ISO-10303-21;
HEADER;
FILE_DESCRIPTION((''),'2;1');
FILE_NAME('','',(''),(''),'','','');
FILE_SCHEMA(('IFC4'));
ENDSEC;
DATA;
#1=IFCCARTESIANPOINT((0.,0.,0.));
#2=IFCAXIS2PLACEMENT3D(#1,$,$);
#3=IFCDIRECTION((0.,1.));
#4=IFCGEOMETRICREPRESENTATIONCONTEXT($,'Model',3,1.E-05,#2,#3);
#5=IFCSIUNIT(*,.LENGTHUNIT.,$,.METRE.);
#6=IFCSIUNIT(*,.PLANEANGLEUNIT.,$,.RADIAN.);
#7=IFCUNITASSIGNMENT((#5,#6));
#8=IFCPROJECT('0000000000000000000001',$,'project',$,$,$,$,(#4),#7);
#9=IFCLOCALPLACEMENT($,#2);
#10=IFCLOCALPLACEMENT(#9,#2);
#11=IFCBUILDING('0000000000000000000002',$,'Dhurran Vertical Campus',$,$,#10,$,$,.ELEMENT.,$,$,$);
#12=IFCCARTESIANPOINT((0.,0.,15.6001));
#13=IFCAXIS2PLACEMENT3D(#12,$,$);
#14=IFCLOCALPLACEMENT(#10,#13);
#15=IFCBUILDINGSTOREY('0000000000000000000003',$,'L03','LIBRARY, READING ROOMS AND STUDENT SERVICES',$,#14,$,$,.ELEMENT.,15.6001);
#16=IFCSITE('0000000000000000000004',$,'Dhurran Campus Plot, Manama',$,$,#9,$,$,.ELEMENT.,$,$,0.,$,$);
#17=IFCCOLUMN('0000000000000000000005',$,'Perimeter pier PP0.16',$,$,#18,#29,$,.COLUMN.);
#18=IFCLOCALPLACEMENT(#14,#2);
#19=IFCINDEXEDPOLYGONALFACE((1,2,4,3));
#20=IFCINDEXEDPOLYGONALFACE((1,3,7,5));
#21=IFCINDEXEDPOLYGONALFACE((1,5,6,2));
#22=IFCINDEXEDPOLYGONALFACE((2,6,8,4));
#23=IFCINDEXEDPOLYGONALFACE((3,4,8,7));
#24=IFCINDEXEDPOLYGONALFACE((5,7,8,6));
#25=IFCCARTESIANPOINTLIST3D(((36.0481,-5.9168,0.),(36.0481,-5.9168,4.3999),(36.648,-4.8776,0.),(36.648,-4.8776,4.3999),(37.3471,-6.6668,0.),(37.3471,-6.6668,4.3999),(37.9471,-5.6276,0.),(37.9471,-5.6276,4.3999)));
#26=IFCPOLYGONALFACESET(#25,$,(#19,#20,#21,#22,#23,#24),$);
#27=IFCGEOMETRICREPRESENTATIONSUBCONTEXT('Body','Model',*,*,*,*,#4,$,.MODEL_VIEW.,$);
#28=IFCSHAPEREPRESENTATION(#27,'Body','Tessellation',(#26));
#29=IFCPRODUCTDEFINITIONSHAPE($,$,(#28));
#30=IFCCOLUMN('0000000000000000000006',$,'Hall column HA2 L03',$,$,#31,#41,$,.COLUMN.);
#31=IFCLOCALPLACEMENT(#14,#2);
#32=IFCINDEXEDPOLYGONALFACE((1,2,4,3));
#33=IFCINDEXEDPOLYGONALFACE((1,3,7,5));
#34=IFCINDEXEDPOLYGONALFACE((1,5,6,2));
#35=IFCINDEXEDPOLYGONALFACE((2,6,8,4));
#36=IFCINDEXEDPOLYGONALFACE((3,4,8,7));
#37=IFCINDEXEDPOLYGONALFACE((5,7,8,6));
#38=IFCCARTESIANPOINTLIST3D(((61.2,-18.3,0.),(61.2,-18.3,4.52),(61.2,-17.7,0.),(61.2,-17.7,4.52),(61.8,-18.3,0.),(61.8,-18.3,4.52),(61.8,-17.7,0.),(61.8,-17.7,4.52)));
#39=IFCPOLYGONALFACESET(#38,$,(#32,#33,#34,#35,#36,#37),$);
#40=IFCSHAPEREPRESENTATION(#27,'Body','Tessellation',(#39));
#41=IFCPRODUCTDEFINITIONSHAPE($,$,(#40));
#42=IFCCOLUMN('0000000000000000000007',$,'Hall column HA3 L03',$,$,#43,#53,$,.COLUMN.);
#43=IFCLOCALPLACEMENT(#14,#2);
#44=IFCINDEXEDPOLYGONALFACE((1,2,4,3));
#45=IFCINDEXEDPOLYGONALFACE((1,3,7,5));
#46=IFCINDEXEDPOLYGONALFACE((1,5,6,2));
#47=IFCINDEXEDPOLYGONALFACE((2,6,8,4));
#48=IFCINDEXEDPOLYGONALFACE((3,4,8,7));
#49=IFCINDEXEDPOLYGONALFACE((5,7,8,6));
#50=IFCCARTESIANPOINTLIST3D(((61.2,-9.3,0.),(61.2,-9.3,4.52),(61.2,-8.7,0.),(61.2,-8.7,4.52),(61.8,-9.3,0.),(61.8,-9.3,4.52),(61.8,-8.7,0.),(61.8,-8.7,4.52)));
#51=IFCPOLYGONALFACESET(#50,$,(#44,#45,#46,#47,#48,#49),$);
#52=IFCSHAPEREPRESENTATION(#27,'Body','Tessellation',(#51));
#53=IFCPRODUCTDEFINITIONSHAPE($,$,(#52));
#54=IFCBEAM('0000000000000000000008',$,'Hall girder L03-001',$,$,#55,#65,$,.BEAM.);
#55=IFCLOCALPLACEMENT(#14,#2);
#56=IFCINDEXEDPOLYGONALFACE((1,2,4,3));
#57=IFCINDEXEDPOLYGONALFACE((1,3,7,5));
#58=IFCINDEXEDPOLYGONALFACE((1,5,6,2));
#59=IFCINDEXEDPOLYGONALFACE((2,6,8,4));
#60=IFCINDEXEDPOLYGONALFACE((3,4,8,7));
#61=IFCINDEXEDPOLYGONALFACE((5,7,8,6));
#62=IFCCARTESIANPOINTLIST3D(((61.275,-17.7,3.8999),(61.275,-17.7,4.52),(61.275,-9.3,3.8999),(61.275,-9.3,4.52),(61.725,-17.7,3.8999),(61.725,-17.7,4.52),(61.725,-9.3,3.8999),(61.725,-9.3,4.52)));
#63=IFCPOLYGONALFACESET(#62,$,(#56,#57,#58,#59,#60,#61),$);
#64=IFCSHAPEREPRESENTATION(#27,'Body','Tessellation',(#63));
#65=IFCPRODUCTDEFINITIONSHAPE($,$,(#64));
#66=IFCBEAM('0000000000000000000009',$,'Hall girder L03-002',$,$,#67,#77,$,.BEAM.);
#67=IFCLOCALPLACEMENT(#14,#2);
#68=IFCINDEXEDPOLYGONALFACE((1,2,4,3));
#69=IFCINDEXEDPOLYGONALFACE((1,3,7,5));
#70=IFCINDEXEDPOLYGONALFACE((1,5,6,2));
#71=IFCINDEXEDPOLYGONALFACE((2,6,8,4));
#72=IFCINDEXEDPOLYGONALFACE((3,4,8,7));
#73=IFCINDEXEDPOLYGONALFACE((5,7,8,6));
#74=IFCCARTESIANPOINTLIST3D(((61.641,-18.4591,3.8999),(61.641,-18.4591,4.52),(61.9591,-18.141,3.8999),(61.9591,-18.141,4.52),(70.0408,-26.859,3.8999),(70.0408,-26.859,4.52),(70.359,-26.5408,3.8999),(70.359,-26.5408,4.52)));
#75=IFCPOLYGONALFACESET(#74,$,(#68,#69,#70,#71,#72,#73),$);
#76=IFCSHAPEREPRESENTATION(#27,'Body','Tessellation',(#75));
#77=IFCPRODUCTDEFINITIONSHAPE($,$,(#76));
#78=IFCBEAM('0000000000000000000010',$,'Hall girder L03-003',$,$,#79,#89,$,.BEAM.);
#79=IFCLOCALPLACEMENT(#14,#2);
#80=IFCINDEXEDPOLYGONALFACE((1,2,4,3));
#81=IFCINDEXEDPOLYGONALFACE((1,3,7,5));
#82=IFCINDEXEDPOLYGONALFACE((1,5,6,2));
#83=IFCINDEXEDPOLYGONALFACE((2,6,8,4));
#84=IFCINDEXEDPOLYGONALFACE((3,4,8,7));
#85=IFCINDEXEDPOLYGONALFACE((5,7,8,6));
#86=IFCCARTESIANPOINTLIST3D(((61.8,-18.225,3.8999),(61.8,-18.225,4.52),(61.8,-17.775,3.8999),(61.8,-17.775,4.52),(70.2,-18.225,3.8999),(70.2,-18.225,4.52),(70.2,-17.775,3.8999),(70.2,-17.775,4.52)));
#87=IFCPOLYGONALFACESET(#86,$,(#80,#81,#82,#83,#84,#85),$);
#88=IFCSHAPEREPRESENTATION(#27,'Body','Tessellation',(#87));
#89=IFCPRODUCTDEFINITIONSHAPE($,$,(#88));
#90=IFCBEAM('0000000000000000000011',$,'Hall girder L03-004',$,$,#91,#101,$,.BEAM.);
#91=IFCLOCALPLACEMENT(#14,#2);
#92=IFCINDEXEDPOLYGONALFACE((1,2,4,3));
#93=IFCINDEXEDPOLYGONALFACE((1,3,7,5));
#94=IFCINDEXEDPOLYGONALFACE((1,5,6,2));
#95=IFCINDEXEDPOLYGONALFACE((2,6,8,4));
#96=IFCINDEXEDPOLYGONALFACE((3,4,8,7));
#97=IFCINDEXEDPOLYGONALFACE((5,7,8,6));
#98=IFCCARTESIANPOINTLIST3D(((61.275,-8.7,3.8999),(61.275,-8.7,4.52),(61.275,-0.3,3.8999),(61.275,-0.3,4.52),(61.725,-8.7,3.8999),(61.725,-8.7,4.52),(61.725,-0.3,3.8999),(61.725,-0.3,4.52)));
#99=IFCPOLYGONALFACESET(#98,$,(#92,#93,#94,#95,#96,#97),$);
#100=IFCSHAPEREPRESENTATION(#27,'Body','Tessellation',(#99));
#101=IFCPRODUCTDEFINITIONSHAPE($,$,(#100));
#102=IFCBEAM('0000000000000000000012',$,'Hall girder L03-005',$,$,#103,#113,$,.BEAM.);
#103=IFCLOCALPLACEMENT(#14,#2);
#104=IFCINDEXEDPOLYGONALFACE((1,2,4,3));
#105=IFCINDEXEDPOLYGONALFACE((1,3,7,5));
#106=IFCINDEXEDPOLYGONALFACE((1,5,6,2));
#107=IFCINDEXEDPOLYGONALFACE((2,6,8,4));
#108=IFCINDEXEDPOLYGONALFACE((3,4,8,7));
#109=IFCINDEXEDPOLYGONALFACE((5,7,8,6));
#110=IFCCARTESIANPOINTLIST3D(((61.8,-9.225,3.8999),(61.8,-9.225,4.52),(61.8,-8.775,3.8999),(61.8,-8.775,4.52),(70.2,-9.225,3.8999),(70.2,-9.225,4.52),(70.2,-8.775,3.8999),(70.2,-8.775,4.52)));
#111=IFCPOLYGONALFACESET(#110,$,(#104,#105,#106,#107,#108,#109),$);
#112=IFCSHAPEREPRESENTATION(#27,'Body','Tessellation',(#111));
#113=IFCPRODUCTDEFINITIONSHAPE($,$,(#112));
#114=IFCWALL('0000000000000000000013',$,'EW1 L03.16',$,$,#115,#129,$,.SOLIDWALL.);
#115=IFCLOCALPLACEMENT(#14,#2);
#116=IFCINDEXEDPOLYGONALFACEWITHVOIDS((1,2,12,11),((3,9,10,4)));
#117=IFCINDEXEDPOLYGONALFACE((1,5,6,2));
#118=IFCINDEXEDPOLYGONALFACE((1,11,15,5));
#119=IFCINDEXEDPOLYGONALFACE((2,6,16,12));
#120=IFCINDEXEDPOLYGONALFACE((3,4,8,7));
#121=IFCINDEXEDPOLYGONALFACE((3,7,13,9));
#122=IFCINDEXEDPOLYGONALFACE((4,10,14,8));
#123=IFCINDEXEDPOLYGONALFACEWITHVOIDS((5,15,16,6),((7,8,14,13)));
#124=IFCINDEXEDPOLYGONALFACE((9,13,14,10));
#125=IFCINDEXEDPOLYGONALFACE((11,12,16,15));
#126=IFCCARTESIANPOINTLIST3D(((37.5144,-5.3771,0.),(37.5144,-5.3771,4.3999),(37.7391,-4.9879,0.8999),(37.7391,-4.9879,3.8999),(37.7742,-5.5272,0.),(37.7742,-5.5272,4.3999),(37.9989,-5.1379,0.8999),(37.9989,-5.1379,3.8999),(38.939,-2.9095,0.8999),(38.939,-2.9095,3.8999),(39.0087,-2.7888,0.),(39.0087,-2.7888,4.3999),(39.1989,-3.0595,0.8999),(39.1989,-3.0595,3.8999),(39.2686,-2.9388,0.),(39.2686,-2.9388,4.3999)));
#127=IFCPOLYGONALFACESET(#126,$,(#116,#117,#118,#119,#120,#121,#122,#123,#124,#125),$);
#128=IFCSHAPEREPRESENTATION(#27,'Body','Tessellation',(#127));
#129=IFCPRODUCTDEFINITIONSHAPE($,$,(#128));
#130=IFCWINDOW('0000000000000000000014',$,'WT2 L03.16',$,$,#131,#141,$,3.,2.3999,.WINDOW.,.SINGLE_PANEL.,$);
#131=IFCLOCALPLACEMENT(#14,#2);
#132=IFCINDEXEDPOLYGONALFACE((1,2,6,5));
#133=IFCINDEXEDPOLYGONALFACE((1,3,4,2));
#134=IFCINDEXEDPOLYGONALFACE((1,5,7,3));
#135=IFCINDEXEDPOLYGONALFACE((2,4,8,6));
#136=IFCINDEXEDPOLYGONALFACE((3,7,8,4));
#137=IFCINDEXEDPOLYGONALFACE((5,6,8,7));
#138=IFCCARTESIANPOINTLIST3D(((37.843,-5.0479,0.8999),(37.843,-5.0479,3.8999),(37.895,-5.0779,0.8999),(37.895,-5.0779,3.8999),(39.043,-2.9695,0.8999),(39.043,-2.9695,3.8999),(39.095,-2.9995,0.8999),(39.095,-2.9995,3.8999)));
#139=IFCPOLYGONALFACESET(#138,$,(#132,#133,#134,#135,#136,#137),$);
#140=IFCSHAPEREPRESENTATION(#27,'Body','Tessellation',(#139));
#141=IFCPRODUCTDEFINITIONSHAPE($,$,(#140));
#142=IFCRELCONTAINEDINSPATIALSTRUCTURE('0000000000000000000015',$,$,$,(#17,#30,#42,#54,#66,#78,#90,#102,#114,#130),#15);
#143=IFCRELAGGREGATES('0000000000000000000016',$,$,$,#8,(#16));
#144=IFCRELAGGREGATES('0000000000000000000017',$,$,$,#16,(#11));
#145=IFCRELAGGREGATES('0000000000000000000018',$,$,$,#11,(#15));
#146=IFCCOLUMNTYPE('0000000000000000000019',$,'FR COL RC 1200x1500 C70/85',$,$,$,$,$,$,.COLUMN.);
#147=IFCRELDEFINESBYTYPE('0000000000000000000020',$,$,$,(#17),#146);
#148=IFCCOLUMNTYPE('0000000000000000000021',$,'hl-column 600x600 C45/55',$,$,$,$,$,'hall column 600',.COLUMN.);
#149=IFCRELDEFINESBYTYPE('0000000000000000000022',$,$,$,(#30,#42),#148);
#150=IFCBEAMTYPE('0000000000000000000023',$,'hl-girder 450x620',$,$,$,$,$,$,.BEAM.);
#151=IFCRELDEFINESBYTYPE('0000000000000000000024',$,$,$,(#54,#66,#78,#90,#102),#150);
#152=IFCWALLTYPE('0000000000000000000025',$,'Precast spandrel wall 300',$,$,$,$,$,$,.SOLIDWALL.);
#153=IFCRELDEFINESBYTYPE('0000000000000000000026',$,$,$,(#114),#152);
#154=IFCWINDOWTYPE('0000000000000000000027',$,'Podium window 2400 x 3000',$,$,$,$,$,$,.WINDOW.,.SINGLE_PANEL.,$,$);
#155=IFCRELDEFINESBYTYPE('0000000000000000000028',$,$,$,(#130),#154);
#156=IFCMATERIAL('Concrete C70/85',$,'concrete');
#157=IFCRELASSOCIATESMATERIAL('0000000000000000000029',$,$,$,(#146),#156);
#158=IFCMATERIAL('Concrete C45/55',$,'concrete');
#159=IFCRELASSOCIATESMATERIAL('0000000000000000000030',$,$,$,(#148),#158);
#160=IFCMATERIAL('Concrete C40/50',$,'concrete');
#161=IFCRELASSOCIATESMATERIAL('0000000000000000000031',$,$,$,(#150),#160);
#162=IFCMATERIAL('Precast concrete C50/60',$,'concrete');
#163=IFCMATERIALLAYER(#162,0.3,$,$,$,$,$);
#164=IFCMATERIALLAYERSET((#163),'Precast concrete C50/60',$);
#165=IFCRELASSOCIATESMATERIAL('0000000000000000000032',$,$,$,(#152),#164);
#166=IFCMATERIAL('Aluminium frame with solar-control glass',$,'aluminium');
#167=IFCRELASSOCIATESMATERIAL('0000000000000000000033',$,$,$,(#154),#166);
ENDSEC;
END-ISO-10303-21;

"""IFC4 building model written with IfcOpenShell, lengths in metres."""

from ifc_helpers import new_model, si_unit, direction, frame, frame_2d, origin, origin_2d, place, context, subcontext, project, spatial, rectangle, extrude, material, layer, layer_set, material_profile, profile_set, type_object, element, fill, save


model = new_model("IFC4")

# Units and contexts
model_context = context("Model", 3, precision=1e-05, world=origin(), true_north=direction((0.0, 1.0)))
body_context = subcontext(model_context, "Body", "Model", "MODEL_VIEW")
ifc_project = project(units=[si_unit("LENGTHUNIT", "METRE"), si_unit("PLANEANGLEUNIT", "RADIAN")], contexts=[model_context])

# Site, building, storey
site_placement = place(None, origin())
site = spatial("IfcSite", under=ifc_project, at=site_placement, Name="Dhurran Campus Plot, Manama", CompositionType="ELEMENT", RefElevation=0.0)
building_placement = place(site_placement, origin())
building = spatial("IfcBuilding", under=site, at=building_placement, Name="Dhurran Vertical Campus", CompositionType="ELEMENT")
storey_placement = place(building_placement, frame((0.0, 0.0, 15.6001)))
storey = spatial("IfcBuildingStorey", under=building, at=storey_placement, Name="L03", Description="LIBRARY, READING ROOMS AND STUDENT SERVICES", CompositionType="ELEMENT", Elevation=15.6001)

# Columns
ifc_material_1 = material(Name="Concrete C70/85", Category="concrete")
ifc_material_profile_1 = material_profile(ifc_material_1, rectangle(XDim=1.2, YDim=1.5, at=origin_2d()), Name="RC 1200x1500")
ifc_profile_set_1 = profile_set([ifc_material_profile_1], Name="Concrete C70/85")
column_type_1 = type_object("IfcColumnType", Name="FR COL RC 1200x1500 C70/85", PredefinedType="COLUMN", material=ifc_profile_set_1)
column_placement = place(storey_placement, frame((36.9976, -5.7722, 0.0), z_axis=(0.0, 0.0, 1.0), x_axis=(0.5, 0.866025, 0.0)))
element("IfcColumn", 1, at=column_placement, inside=storey, type_object=column_type_1, Name="Perimeter pier PP0.16", PredefinedType="COLUMN", context=body_context, shape_type="SweptSolid", body=[
    extrude(rectangle(XDim=1.2, YDim=1.5, at=origin_2d()), origin(), (0.0, 0.0, 1.0), 4.3999),
])
ifc_material_2 = material(Name="Concrete C45/55", Category="concrete")
ifc_material_profile_2 = material_profile(ifc_material_2, rectangle(XDim=0.6001, YDim=0.6001, at=origin_2d()), Name="hl-column 600x600 C45/55")
ifc_profile_set_2 = profile_set([ifc_material_profile_2], Name="Concrete C45/55")
column_type_2 = type_object("IfcColumnType", Name="hl-column 600x600 C45/55", ElementType="hall column 600", PredefinedType="COLUMN", material=ifc_profile_set_2)
for number, where, z_axis, x_axis, name in (
    (2, (61.5, -18.0, 0.0), (0.0, 0.0, 1.0), (1.0, 0.0, 0.0), "Hall column HA2 L03"),
    (3, (61.5, -9.0, 0.0), (0.0, 0.0, 1.0), (1.0, 0.0, 0.0), "Hall column HA3 L03"),
):
    element("IfcColumn", number, at=place(storey_placement, frame(where, z_axis=z_axis, x_axis=x_axis)), inside=storey, type_object=column_type_2, Name=name, PredefinedType="COLUMN", context=body_context, shape_type="SweptSolid", body=[
        extrude(rectangle(XDim=0.6001, YDim=0.6001, at=origin_2d()), origin(), (0.0, 0.0, 1.0), 4.52),
    ])

# Beams
ifc_material_3 = material(Name="Concrete C40/50", Category="concrete")
ifc_material_profile_3 = material_profile(ifc_material_3, rectangle(XDim=0.45, YDim=0.6201, at=origin_2d()), Name="hl-girder 450x620")
ifc_profile_set_3 = profile_set([ifc_material_profile_3], Name="Concrete C40/50")
beam_type = type_object("IfcBeamType", Name="hl-girder 450x620", PredefinedType="BEAM", material=ifc_profile_set_3)
beam_1_placement = place(storey_placement, frame((61.5, -17.7, 4.21), z_axis=(0.0, 1.0, 0.0), x_axis=(-1.0, 0.0, 0.0)))
element("IfcBeam", 4, at=beam_1_placement, inside=storey, type_object=beam_type, Name="Hall girder L03-001", PredefinedType="BEAM", context=body_context, shape_type="SweptSolid", body=[
    extrude(rectangle(XDim=0.45, YDim=0.6201, at=origin_2d()), origin(), (0.0, 0.0, 1.0), 8.3999),
])
beam_2_placement = place(storey_placement, frame((61.8, -18.3, 4.21), z_axis=(0.707107, -0.707107, 0.0), x_axis=(0.707107, 0.707107, 0.0)))
element("IfcBeam", 5, at=beam_2_placement, inside=storey, type_object=beam_type, Name="Hall girder L03-002", PredefinedType="BEAM", context=body_context, shape_type="SweptSolid", body=[
    extrude(rectangle(XDim=0.45, YDim=0.6201, at=origin_2d()), origin(), (0.0, 0.0, 1.0), 11.8792),
])
for number, where, z_axis, x_axis, name in (
    (6, (61.8, -18.0, 4.21), (1.0, 0.0, 0.0), (0.0, 1.0, 0.0), "Hall girder L03-003"),
    (7, (61.5, -8.7, 4.21), (0.0, 1.0, 0.0), (-1.0, 0.0, 0.0), "Hall girder L03-004"),
    (8, (61.8, -9.0, 4.21), (1.0, 0.0, 0.0), (0.0, 1.0, 0.0), "Hall girder L03-005"),
):
    element("IfcBeam", number, at=place(storey_placement, frame(where, z_axis=z_axis, x_axis=x_axis)), inside=storey, type_object=beam_type, Name=name, PredefinedType="BEAM", context=body_context, shape_type="SweptSolid", body=[
        extrude(rectangle(XDim=0.45, YDim=0.6201, at=origin_2d()), origin(), (0.0, 0.0, 1.0), 8.3999),
    ])

# Wall, opening, window
ifc_material_4 = material(Name="Precast concrete C50/60", Category="concrete")
ifc_layer_1 = layer(ifc_material_4, 0.3)
ifc_layer_set_1 = layer_set([ifc_layer_1], Name="Precast concrete C50/60")
wall_type_1 = type_object("IfcWallType", Name="Precast spandrel wall 300", PredefinedType="SOLIDWALL", material=ifc_layer_set_1)
wall_1_placement = place(storey_placement, frame((37.6443, -5.4521, 0.0), z_axis=(0.0, 0.0, 1.0), x_axis=(0.499996, 0.866028, 0.0)))
wall_1 = element("IfcWall", 9, at=wall_1_placement, inside=storey, type_object=wall_type_1, Name="EW1 L03.16", PredefinedType="SOLIDWALL", context=body_context, shape_type="SweptSolid", body=[
    extrude(rectangle(XDim=2.9888, YDim=0.3, at=frame_2d((1.4944, 0.0))), origin(), (0.0, 0.0, 1.0), 4.3999),
])
opening_1_placement = place(wall_1_placement, frame((0.4495, 0.0, 0.8999)))
opening_1 = element("IfcOpeningElement", 10, at=opening_1_placement, cuts=wall_1, PredefinedType="OPENING", context=body_context, shape_type="SweptSolid", body=[
    extrude(rectangle(XDim=2.3999, YDim=3.0, at=frame_2d((1.2, 1.5))), frame((0.0, 0.1599, 0.0), z_axis=(0.0, -1.0, 0.0), x_axis=(1.0, 0.0, 0.0)), (0.0, 0.0, 1.0), 0.3201),
])
ifc_material_5 = material(Name="Aluminium frame with solar-control glass", Category="aluminium")
window_type_1 = type_object("IfcWindowType", Name="Podium window 2400 x 3000", PartitioningType="SINGLE_PANEL", PredefinedType="WINDOW", material=ifc_material_5)
window_1_placement = place(opening_1_placement, origin())
window_1 = element("IfcWindow", 11, at=window_1_placement, inside=storey, type_object=window_type_1, Name="WT2 L03.16", OverallHeight=3.0, OverallWidth=2.3999, PartitioningType="SINGLE_PANEL", PredefinedType="WINDOW", context=body_context, shape_type="SweptSolid", body=[
    extrude(rectangle(XDim=2.3999, YDim=3.0, at=frame_2d((1.2, 1.5))), frame((0.0, 0.03, 0.0), z_axis=(0.0, -1.0, 0.0), x_axis=(1.0, 0.0, 0.0)), (0.0, 0.0, 1.0), 0.0601),
])
fill(opening_1, window_1)

save(model, "model.ifc")
